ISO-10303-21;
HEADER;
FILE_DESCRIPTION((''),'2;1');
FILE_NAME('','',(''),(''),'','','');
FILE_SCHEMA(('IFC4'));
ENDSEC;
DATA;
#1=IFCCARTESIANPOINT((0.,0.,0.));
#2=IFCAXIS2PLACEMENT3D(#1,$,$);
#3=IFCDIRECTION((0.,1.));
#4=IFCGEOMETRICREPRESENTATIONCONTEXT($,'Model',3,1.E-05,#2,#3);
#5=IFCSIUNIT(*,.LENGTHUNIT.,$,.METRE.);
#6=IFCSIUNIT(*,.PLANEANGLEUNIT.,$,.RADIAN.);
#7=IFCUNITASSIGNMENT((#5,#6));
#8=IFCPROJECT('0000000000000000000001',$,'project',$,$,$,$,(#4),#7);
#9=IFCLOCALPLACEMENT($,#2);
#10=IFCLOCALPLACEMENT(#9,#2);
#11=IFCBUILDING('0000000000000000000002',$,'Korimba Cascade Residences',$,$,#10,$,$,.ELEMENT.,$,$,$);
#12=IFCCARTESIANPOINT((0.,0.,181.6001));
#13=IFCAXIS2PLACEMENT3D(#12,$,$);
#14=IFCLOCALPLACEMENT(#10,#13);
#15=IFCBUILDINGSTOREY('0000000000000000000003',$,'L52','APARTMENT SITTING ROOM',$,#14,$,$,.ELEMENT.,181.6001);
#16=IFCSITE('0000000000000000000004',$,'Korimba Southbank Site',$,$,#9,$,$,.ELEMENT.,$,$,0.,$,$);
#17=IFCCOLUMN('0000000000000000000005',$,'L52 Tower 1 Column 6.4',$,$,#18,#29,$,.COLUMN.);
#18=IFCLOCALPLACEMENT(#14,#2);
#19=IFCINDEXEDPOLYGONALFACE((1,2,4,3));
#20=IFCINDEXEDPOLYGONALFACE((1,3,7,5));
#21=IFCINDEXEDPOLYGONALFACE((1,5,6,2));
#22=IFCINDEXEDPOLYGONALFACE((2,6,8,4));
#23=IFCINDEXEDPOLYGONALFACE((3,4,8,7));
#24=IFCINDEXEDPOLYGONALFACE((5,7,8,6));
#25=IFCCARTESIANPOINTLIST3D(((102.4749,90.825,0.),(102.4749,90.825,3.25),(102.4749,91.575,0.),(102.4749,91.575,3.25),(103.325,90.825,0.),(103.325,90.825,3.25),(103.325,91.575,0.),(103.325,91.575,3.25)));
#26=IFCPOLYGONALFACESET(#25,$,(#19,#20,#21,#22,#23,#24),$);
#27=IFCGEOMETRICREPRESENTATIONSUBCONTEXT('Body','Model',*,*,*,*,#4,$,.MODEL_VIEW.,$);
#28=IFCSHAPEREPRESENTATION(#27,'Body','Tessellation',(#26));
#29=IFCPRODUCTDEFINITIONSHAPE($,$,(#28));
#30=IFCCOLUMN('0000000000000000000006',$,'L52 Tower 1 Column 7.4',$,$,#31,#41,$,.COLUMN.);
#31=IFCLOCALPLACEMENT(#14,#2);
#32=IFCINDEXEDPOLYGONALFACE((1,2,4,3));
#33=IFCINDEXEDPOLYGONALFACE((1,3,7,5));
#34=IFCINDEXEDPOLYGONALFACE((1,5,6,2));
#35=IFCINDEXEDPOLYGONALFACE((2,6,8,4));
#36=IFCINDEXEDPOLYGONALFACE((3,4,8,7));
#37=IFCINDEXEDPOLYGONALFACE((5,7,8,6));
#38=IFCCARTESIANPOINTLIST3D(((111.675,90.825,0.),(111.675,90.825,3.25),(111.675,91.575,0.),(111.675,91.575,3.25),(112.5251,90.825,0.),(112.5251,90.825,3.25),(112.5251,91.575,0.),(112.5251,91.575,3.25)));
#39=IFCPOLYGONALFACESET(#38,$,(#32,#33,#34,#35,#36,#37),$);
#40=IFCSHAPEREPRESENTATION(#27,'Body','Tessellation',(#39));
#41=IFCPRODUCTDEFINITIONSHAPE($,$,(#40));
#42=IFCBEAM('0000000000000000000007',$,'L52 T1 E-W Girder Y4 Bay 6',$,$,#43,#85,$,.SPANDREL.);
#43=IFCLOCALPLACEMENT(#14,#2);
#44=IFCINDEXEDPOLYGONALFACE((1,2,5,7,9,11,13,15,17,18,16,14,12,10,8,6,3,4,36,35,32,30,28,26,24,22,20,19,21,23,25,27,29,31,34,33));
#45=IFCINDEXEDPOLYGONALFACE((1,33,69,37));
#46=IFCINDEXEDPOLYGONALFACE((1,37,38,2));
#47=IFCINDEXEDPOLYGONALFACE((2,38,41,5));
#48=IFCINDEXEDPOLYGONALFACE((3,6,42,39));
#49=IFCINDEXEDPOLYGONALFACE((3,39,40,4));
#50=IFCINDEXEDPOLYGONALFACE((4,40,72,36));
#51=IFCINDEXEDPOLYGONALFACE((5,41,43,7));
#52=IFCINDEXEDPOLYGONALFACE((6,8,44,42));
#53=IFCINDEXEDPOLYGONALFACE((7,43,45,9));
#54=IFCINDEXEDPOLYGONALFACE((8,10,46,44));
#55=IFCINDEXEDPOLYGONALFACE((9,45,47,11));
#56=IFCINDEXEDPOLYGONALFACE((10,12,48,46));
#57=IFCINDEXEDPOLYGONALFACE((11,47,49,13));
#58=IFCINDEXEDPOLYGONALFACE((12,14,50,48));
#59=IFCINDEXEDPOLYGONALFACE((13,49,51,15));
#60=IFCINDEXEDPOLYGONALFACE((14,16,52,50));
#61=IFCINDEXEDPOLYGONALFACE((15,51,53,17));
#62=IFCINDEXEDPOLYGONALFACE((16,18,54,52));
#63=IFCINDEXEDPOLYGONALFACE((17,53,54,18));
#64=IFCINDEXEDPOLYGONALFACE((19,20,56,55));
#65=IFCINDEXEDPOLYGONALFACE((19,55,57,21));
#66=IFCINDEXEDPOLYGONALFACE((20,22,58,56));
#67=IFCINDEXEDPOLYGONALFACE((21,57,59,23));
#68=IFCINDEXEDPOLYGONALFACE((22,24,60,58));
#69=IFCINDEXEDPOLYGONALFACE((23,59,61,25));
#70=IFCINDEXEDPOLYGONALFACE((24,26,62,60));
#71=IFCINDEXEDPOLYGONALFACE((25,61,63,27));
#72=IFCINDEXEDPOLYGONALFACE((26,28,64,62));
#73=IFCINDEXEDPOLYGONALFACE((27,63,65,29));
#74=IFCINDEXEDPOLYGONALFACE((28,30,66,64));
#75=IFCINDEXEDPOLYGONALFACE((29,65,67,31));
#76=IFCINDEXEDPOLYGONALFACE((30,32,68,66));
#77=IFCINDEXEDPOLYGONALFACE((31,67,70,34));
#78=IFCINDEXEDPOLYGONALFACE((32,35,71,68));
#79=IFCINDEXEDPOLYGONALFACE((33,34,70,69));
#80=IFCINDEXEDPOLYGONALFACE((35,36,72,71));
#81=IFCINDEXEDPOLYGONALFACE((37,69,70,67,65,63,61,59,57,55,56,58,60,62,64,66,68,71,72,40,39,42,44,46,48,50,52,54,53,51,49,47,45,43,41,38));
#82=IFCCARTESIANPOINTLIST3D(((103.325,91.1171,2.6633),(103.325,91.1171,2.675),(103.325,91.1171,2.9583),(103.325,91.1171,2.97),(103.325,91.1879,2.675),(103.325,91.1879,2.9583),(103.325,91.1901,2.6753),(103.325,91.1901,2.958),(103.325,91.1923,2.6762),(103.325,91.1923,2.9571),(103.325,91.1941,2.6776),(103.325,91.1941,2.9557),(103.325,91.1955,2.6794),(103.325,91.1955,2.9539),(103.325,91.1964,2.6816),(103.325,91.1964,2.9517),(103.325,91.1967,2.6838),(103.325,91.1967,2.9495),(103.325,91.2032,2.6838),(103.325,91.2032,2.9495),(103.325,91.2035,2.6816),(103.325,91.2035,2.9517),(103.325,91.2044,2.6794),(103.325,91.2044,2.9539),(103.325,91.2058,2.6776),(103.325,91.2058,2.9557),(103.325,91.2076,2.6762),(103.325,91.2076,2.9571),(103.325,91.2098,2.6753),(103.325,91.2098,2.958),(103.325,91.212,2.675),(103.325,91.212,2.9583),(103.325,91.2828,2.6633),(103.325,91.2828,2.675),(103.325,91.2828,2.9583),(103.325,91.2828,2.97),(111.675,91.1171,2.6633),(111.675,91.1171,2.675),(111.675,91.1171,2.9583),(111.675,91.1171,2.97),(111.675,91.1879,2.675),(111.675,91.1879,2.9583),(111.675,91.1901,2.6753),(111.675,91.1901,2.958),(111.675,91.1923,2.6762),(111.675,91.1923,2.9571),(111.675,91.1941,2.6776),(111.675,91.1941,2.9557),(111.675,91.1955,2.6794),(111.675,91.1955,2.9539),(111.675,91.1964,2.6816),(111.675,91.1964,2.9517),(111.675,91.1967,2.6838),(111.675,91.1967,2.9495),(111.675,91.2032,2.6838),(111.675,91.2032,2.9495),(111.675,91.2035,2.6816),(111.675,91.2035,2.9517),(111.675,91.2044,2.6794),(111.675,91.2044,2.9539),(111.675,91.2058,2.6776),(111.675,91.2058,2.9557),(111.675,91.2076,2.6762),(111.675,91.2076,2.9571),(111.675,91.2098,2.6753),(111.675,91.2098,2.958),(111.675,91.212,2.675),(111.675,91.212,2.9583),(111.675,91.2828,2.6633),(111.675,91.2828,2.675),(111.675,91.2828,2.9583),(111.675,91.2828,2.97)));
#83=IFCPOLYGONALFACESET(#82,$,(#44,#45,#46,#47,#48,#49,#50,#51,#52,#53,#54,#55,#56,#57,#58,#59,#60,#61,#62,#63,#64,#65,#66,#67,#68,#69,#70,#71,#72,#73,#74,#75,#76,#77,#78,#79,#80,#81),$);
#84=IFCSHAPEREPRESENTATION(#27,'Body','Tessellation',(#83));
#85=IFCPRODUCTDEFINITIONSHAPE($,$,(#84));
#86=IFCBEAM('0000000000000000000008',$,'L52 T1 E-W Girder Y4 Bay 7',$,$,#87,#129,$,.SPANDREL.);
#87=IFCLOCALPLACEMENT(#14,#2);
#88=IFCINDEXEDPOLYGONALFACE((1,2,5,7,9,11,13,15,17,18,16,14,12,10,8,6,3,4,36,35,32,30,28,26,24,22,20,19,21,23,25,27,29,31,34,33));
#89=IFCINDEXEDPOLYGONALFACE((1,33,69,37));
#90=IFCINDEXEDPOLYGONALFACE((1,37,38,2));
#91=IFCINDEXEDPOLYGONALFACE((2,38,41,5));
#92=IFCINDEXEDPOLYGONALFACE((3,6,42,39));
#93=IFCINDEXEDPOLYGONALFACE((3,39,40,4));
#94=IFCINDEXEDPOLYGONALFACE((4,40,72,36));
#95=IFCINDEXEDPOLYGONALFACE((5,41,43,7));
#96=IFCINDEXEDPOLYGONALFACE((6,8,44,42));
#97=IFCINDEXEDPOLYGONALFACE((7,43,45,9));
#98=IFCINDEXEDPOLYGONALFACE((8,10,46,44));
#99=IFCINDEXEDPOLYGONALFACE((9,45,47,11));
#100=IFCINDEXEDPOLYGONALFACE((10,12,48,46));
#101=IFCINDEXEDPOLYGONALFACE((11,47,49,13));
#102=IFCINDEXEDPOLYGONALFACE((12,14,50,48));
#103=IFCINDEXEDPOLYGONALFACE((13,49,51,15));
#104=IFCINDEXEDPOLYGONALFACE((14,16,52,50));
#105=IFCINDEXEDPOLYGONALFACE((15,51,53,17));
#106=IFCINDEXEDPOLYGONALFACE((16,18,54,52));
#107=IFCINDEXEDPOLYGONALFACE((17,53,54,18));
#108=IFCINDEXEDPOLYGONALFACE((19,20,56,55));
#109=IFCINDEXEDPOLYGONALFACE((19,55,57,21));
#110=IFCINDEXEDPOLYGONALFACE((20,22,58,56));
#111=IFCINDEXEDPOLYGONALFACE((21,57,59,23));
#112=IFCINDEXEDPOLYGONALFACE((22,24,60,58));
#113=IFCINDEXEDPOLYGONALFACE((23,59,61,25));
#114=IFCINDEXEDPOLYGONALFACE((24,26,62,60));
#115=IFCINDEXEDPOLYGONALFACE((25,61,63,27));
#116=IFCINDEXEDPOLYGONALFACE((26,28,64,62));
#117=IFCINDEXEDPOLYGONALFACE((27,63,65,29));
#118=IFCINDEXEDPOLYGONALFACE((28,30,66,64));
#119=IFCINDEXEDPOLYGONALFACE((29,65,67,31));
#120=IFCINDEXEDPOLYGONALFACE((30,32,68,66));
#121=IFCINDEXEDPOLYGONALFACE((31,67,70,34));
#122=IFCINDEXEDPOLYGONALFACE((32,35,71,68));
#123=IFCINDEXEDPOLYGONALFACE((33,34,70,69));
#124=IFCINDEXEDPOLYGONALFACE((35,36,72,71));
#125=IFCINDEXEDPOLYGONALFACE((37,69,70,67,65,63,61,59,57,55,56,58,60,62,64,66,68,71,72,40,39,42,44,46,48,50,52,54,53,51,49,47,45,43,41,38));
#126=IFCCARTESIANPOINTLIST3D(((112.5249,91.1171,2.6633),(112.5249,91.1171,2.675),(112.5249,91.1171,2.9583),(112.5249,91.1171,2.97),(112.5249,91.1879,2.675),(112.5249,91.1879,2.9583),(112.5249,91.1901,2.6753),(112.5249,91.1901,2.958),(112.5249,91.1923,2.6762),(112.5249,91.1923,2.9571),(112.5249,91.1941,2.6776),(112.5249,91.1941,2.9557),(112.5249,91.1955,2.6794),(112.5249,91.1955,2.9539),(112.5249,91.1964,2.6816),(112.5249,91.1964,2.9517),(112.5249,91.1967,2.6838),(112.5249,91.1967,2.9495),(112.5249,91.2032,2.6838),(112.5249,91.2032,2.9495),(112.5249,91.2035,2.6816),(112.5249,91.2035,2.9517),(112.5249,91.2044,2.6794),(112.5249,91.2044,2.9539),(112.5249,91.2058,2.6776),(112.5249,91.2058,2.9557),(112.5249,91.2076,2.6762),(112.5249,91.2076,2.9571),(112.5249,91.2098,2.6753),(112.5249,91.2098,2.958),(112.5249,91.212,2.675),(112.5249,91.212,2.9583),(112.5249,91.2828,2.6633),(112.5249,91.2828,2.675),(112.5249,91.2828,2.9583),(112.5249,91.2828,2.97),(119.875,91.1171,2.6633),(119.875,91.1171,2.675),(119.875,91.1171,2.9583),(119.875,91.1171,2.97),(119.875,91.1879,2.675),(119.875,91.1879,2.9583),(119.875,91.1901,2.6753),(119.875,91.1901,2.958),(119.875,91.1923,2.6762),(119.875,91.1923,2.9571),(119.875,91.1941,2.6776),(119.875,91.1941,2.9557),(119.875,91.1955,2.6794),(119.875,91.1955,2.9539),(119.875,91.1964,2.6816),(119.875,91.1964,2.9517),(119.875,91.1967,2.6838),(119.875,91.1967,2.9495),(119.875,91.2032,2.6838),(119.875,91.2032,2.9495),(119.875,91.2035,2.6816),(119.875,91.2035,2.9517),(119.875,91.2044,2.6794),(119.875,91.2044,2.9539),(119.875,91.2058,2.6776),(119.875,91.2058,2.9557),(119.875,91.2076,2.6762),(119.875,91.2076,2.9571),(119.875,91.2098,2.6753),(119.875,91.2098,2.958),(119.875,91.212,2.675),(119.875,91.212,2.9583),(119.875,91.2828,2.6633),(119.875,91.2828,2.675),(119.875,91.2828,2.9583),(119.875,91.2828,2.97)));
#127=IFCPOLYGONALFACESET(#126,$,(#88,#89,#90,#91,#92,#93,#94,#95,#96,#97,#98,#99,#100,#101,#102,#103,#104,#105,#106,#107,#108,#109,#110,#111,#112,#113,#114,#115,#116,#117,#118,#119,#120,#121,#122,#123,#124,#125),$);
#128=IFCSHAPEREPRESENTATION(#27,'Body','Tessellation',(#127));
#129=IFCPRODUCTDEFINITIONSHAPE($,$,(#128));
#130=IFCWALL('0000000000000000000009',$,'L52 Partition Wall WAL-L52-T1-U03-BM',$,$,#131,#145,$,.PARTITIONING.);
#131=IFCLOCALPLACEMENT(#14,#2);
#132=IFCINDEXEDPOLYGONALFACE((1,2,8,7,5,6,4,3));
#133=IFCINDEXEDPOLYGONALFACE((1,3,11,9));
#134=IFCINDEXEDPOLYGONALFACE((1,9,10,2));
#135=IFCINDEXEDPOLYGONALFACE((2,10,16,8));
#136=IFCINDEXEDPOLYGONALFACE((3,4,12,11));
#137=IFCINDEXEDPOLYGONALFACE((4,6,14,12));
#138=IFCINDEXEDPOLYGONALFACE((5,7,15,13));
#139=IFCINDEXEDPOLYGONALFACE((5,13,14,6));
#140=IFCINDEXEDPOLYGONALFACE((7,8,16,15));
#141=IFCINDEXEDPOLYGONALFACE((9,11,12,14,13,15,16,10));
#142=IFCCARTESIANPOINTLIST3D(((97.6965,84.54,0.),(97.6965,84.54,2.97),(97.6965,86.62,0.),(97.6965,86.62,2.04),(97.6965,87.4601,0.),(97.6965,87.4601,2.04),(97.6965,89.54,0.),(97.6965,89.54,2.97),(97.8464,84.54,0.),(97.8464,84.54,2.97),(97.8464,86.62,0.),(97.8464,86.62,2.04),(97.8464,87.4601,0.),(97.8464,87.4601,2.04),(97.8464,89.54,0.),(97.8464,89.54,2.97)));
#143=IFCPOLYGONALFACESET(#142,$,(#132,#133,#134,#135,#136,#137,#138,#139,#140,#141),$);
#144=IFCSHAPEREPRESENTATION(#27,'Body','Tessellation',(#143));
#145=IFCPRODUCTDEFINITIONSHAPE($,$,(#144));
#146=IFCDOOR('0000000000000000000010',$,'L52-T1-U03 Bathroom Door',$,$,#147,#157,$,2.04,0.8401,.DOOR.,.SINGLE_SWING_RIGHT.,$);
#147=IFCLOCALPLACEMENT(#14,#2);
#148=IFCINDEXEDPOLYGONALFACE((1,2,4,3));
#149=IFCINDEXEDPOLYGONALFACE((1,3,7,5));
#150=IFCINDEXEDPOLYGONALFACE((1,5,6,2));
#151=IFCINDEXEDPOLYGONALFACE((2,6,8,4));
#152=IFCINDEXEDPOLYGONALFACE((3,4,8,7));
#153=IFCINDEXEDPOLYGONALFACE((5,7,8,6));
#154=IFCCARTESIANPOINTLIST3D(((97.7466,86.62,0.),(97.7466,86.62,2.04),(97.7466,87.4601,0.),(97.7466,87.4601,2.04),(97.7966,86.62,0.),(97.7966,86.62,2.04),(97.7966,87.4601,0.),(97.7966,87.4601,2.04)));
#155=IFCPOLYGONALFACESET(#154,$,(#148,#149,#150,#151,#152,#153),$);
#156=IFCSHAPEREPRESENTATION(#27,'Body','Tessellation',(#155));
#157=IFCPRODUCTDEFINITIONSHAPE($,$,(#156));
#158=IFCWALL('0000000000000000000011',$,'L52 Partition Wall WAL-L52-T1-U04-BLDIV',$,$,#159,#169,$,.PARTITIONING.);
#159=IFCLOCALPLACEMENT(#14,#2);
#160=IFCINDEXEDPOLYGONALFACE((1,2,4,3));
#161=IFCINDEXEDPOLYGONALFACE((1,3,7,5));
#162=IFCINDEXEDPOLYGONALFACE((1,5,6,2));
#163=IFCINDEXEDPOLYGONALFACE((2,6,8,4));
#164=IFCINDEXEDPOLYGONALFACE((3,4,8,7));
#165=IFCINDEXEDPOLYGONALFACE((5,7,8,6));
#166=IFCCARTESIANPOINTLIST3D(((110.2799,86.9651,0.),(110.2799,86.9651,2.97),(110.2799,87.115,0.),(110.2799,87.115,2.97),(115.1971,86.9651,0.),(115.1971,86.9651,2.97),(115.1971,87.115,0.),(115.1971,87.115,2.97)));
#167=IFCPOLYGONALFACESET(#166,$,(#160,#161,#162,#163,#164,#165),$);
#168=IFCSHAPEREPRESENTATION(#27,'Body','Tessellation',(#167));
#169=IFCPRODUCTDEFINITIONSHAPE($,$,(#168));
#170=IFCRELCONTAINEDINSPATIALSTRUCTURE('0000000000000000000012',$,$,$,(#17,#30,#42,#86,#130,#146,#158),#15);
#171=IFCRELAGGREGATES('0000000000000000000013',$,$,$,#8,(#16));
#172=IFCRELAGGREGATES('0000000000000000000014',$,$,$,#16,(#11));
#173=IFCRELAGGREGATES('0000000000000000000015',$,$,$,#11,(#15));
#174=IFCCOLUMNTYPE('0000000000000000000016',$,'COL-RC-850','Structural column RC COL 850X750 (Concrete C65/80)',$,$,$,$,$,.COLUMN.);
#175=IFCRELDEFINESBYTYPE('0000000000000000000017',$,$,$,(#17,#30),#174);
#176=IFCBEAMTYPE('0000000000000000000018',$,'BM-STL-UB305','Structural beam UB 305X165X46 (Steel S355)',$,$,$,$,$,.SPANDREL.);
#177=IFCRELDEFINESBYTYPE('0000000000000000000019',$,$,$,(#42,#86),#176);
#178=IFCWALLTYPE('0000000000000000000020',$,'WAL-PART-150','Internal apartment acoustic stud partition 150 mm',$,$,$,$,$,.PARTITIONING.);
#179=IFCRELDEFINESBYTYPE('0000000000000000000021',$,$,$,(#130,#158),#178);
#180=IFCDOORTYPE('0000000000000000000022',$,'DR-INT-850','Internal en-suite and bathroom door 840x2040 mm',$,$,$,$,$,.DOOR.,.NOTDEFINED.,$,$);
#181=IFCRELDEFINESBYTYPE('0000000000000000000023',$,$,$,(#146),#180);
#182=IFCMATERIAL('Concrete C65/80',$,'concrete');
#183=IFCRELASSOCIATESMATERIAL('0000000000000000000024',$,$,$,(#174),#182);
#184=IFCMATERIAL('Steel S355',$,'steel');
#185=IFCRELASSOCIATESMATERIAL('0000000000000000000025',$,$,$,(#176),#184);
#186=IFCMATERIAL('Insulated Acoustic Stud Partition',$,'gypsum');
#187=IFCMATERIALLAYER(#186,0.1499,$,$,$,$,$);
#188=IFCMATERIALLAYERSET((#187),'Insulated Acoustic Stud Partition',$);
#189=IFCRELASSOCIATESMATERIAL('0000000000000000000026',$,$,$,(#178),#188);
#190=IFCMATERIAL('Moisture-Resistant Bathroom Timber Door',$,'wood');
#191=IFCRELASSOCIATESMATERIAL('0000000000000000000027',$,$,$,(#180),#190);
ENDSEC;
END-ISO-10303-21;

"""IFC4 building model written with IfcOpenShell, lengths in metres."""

from ifc_helpers import new_model, si_unit, direction, frame, frame_2d, origin, origin_2d, place, context, subcontext, project, spatial, rectangle, i_section, extrude, material, layer, layer_set, material_profile, profile_set, type_object, element, fill, save


model = new_model("IFC4")

# Units and contexts
model_context = context("Model", 3, precision=1e-05, world=origin(), true_north=direction((0.0, 1.0)))
body_context = subcontext(model_context, "Body", "Model", "MODEL_VIEW")
ifc_project = project(units=[si_unit("LENGTHUNIT", "METRE"), si_unit("PLANEANGLEUNIT", "RADIAN")], contexts=[model_context])

# Site, building, storey
site_placement = place(None, origin())
site = spatial("IfcSite", under=ifc_project, at=site_placement, Name="Korimba Southbank Site", CompositionType="ELEMENT", RefElevation=0.0)
building_placement = place(site_placement, origin())
building = spatial("IfcBuilding", under=site, at=building_placement, Name="Korimba Cascade Residences", CompositionType="ELEMENT")
storey_placement = place(building_placement, frame((0.0, 0.0, 181.6001)))
storey = spatial("IfcBuildingStorey", under=building, at=storey_placement, Name="L52", Description="APARTMENT SITTING ROOM", CompositionType="ELEMENT", Elevation=181.6001)

# Columns
ifc_material_1 = material(Name="Concrete C65/80", Category="concrete")
ifc_material_profile_1 = material_profile(ifc_material_1, rectangle(XDim=0.8501, YDim=0.75, at=origin_2d()), Name="Concrete C65/80")
ifc_profile_set_1 = profile_set([ifc_material_profile_1], Name="Concrete C65/80")
column_type = type_object("IfcColumnType", Name="COL-RC-850", Description="Structural column RC COL 850X750 (Concrete C65/80)", PredefinedType="COLUMN", material=ifc_profile_set_1)
for number, where, z_axis, x_axis, name in (
    (1, (102.8999, 91.2, 0.0), (0.0, 0.0, 1.0), (1.0, 0.0, 0.0), "L52 Tower 1 Column 6.4"),
    (2, (112.1001, 91.2, 0.0), (0.0, 0.0, 1.0), (1.0, 0.0, 0.0), "L52 Tower 1 Column 7.4"),
):
    element("IfcColumn", number, at=place(storey_placement, frame(where, z_axis=z_axis, x_axis=x_axis)), inside=storey, type_object=column_type, Name=name, PredefinedType="COLUMN", context=body_context, shape_type="SweptSolid", body=[
        extrude(rectangle(XDim=0.8501, YDim=0.75, at=origin_2d()), origin(), (0.0, 0.0, 1.0), 3.25),
    ])

# Beams
ifc_material_2 = material(Name="Steel S355", Category="steel")
ifc_material_profile_2 = material_profile(ifc_material_2, i_section(OverallWidth=0.1658, OverallDepth=0.3066, WebThickness=0.0066, FlangeThickness=0.0117, FilletRadius=0.0088, at=origin_2d()), Name="Steel S355")
ifc_profile_set_2 = profile_set([ifc_material_profile_2], Name="Steel S355")
beam_type = type_object("IfcBeamType", Name="BM-STL-UB305", Description="Structural beam UB 305X165X46 (Steel S355)", PredefinedType="SPANDREL", material=ifc_profile_set_2)
beam_1_placement = place(storey_placement, frame((103.325, 91.2, 2.8167), z_axis=(1.0, 0.0, 0.0), x_axis=(0.0, 1.0, 0.0)))
element("IfcBeam", 3, at=beam_1_placement, inside=storey, type_object=beam_type, Name="L52 T1 E-W Girder Y4 Bay 6", PredefinedType="SPANDREL", context=body_context, shape_type="SweptSolid", body=[
    extrude(i_section(OverallWidth=0.1658, OverallDepth=0.3066, WebThickness=0.0066, FlangeThickness=0.0117, FilletRadius=0.0088, at=origin_2d()), origin(), (0.0, 0.0, 1.0), 8.3501),
])
beam_2_placement = place(storey_placement, frame((112.5249, 91.2, 2.8167), z_axis=(1.0, 0.0, 0.0), x_axis=(0.0, 1.0, 0.0)))
element("IfcBeam", 4, at=beam_2_placement, inside=storey, type_object=beam_type, Name="L52 T1 E-W Girder Y4 Bay 7", PredefinedType="SPANDREL", context=body_context, shape_type="SweptSolid", body=[
    extrude(i_section(OverallWidth=0.1658, OverallDepth=0.3066, WebThickness=0.0066, FlangeThickness=0.0117, FilletRadius=0.0088, at=origin_2d()), origin(), (0.0, 0.0, 1.0), 7.3501),
])

# Wall, opening, door
ifc_material_3 = material(Name="Insulated Acoustic Stud Partition", Category="gypsum")
ifc_layer = layer(ifc_material_3, 0.1499)
ifc_layer_set = layer_set([ifc_layer], Name="Insulated Acoustic Stud Partition")
wall_type = type_object("IfcWallType", Name="WAL-PART-150", Description="Internal apartment acoustic stud partition 150 mm", PredefinedType="PARTITIONING", material=ifc_layer_set)
wall_1_placement = place(storey_placement, frame((97.7715, 84.54, 0.0), z_axis=(0.0, 0.0, 1.0), x_axis=(0.0, 1.0, 0.0)))
wall_1 = element("IfcWall", 5, at=wall_1_placement, inside=storey, type_object=wall_type, Name="L52 Partition Wall WAL-L52-T1-U03-BM", PredefinedType="PARTITIONING", context=body_context, shape_type="SweptSolid", body=[
    extrude(rectangle(XDim=5.0, YDim=0.1499, at=frame_2d((2.5, 0.0))), origin(), (0.0, 0.0, 1.0), 2.97),
])
opening_1_placement = place(wall_1_placement, frame((2.0801, 0.0, 0.0)))
opening_1 = element("IfcOpeningElement", 6, at=opening_1_placement, cuts=wall_1, PredefinedType="OPENING", context=body_context, shape_type="SweptSolid", body=[
    extrude(rectangle(XDim=0.8401, YDim=2.04, at=frame_2d((0.4199, 1.02))), frame((0.0, 0.085, 0.0), z_axis=(0.0, -1.0, 0.0), x_axis=(1.0, 0.0, 0.0)), (0.0, 0.0, 1.0), 0.1699),
])
ifc_material_4 = material(Name="Moisture-Resistant Bathroom Timber Door", Category="wood")
door_type_1 = type_object("IfcDoorType", Name="DR-INT-850", Description="Internal en-suite and bathroom door 840x2040 mm", OperationType="NOTDEFINED", PredefinedType="DOOR", material=ifc_material_4)
door_1_placement = place(opening_1_placement, origin())
door_1 = element("IfcDoor", 7, at=door_1_placement, inside=storey, type_object=door_type_1, Name="L52-T1-U03 Bathroom Door", OperationType="SINGLE_SWING_RIGHT", OverallHeight=2.04, OverallWidth=0.8401, PredefinedType="DOOR", context=body_context, shape_type="SweptSolid", body=[
    extrude(rectangle(XDim=0.8401, YDim=2.04, at=frame_2d((0.4199, 1.02))), frame((0.0, 0.0249, 0.0), z_axis=(0.0, -1.0, 0.0), x_axis=(1.0, 0.0, 0.0)), (0.0, 0.0, 1.0), 0.05),
])
fill(opening_1, door_1)

# Wall
wall_2_placement = place(storey_placement, frame((110.28, 87.04, 0.0), z_axis=(0.0, 0.0, 1.0), x_axis=(1.0, 0.0, 0.0)))
element("IfcWall", 8, at=wall_2_placement, inside=storey, type_object=wall_type, Name="L52 Partition Wall WAL-L52-T1-U04-BLDIV", PredefinedType="PARTITIONING", context=body_context, shape_type="SweptSolid", body=[
    extrude(rectangle(XDim=4.9172, YDim=0.1499, at=frame_2d((2.4585, 0.0))), origin(), (0.0, 0.0, 1.0), 2.97),
])

save(model, "model.ifc")
